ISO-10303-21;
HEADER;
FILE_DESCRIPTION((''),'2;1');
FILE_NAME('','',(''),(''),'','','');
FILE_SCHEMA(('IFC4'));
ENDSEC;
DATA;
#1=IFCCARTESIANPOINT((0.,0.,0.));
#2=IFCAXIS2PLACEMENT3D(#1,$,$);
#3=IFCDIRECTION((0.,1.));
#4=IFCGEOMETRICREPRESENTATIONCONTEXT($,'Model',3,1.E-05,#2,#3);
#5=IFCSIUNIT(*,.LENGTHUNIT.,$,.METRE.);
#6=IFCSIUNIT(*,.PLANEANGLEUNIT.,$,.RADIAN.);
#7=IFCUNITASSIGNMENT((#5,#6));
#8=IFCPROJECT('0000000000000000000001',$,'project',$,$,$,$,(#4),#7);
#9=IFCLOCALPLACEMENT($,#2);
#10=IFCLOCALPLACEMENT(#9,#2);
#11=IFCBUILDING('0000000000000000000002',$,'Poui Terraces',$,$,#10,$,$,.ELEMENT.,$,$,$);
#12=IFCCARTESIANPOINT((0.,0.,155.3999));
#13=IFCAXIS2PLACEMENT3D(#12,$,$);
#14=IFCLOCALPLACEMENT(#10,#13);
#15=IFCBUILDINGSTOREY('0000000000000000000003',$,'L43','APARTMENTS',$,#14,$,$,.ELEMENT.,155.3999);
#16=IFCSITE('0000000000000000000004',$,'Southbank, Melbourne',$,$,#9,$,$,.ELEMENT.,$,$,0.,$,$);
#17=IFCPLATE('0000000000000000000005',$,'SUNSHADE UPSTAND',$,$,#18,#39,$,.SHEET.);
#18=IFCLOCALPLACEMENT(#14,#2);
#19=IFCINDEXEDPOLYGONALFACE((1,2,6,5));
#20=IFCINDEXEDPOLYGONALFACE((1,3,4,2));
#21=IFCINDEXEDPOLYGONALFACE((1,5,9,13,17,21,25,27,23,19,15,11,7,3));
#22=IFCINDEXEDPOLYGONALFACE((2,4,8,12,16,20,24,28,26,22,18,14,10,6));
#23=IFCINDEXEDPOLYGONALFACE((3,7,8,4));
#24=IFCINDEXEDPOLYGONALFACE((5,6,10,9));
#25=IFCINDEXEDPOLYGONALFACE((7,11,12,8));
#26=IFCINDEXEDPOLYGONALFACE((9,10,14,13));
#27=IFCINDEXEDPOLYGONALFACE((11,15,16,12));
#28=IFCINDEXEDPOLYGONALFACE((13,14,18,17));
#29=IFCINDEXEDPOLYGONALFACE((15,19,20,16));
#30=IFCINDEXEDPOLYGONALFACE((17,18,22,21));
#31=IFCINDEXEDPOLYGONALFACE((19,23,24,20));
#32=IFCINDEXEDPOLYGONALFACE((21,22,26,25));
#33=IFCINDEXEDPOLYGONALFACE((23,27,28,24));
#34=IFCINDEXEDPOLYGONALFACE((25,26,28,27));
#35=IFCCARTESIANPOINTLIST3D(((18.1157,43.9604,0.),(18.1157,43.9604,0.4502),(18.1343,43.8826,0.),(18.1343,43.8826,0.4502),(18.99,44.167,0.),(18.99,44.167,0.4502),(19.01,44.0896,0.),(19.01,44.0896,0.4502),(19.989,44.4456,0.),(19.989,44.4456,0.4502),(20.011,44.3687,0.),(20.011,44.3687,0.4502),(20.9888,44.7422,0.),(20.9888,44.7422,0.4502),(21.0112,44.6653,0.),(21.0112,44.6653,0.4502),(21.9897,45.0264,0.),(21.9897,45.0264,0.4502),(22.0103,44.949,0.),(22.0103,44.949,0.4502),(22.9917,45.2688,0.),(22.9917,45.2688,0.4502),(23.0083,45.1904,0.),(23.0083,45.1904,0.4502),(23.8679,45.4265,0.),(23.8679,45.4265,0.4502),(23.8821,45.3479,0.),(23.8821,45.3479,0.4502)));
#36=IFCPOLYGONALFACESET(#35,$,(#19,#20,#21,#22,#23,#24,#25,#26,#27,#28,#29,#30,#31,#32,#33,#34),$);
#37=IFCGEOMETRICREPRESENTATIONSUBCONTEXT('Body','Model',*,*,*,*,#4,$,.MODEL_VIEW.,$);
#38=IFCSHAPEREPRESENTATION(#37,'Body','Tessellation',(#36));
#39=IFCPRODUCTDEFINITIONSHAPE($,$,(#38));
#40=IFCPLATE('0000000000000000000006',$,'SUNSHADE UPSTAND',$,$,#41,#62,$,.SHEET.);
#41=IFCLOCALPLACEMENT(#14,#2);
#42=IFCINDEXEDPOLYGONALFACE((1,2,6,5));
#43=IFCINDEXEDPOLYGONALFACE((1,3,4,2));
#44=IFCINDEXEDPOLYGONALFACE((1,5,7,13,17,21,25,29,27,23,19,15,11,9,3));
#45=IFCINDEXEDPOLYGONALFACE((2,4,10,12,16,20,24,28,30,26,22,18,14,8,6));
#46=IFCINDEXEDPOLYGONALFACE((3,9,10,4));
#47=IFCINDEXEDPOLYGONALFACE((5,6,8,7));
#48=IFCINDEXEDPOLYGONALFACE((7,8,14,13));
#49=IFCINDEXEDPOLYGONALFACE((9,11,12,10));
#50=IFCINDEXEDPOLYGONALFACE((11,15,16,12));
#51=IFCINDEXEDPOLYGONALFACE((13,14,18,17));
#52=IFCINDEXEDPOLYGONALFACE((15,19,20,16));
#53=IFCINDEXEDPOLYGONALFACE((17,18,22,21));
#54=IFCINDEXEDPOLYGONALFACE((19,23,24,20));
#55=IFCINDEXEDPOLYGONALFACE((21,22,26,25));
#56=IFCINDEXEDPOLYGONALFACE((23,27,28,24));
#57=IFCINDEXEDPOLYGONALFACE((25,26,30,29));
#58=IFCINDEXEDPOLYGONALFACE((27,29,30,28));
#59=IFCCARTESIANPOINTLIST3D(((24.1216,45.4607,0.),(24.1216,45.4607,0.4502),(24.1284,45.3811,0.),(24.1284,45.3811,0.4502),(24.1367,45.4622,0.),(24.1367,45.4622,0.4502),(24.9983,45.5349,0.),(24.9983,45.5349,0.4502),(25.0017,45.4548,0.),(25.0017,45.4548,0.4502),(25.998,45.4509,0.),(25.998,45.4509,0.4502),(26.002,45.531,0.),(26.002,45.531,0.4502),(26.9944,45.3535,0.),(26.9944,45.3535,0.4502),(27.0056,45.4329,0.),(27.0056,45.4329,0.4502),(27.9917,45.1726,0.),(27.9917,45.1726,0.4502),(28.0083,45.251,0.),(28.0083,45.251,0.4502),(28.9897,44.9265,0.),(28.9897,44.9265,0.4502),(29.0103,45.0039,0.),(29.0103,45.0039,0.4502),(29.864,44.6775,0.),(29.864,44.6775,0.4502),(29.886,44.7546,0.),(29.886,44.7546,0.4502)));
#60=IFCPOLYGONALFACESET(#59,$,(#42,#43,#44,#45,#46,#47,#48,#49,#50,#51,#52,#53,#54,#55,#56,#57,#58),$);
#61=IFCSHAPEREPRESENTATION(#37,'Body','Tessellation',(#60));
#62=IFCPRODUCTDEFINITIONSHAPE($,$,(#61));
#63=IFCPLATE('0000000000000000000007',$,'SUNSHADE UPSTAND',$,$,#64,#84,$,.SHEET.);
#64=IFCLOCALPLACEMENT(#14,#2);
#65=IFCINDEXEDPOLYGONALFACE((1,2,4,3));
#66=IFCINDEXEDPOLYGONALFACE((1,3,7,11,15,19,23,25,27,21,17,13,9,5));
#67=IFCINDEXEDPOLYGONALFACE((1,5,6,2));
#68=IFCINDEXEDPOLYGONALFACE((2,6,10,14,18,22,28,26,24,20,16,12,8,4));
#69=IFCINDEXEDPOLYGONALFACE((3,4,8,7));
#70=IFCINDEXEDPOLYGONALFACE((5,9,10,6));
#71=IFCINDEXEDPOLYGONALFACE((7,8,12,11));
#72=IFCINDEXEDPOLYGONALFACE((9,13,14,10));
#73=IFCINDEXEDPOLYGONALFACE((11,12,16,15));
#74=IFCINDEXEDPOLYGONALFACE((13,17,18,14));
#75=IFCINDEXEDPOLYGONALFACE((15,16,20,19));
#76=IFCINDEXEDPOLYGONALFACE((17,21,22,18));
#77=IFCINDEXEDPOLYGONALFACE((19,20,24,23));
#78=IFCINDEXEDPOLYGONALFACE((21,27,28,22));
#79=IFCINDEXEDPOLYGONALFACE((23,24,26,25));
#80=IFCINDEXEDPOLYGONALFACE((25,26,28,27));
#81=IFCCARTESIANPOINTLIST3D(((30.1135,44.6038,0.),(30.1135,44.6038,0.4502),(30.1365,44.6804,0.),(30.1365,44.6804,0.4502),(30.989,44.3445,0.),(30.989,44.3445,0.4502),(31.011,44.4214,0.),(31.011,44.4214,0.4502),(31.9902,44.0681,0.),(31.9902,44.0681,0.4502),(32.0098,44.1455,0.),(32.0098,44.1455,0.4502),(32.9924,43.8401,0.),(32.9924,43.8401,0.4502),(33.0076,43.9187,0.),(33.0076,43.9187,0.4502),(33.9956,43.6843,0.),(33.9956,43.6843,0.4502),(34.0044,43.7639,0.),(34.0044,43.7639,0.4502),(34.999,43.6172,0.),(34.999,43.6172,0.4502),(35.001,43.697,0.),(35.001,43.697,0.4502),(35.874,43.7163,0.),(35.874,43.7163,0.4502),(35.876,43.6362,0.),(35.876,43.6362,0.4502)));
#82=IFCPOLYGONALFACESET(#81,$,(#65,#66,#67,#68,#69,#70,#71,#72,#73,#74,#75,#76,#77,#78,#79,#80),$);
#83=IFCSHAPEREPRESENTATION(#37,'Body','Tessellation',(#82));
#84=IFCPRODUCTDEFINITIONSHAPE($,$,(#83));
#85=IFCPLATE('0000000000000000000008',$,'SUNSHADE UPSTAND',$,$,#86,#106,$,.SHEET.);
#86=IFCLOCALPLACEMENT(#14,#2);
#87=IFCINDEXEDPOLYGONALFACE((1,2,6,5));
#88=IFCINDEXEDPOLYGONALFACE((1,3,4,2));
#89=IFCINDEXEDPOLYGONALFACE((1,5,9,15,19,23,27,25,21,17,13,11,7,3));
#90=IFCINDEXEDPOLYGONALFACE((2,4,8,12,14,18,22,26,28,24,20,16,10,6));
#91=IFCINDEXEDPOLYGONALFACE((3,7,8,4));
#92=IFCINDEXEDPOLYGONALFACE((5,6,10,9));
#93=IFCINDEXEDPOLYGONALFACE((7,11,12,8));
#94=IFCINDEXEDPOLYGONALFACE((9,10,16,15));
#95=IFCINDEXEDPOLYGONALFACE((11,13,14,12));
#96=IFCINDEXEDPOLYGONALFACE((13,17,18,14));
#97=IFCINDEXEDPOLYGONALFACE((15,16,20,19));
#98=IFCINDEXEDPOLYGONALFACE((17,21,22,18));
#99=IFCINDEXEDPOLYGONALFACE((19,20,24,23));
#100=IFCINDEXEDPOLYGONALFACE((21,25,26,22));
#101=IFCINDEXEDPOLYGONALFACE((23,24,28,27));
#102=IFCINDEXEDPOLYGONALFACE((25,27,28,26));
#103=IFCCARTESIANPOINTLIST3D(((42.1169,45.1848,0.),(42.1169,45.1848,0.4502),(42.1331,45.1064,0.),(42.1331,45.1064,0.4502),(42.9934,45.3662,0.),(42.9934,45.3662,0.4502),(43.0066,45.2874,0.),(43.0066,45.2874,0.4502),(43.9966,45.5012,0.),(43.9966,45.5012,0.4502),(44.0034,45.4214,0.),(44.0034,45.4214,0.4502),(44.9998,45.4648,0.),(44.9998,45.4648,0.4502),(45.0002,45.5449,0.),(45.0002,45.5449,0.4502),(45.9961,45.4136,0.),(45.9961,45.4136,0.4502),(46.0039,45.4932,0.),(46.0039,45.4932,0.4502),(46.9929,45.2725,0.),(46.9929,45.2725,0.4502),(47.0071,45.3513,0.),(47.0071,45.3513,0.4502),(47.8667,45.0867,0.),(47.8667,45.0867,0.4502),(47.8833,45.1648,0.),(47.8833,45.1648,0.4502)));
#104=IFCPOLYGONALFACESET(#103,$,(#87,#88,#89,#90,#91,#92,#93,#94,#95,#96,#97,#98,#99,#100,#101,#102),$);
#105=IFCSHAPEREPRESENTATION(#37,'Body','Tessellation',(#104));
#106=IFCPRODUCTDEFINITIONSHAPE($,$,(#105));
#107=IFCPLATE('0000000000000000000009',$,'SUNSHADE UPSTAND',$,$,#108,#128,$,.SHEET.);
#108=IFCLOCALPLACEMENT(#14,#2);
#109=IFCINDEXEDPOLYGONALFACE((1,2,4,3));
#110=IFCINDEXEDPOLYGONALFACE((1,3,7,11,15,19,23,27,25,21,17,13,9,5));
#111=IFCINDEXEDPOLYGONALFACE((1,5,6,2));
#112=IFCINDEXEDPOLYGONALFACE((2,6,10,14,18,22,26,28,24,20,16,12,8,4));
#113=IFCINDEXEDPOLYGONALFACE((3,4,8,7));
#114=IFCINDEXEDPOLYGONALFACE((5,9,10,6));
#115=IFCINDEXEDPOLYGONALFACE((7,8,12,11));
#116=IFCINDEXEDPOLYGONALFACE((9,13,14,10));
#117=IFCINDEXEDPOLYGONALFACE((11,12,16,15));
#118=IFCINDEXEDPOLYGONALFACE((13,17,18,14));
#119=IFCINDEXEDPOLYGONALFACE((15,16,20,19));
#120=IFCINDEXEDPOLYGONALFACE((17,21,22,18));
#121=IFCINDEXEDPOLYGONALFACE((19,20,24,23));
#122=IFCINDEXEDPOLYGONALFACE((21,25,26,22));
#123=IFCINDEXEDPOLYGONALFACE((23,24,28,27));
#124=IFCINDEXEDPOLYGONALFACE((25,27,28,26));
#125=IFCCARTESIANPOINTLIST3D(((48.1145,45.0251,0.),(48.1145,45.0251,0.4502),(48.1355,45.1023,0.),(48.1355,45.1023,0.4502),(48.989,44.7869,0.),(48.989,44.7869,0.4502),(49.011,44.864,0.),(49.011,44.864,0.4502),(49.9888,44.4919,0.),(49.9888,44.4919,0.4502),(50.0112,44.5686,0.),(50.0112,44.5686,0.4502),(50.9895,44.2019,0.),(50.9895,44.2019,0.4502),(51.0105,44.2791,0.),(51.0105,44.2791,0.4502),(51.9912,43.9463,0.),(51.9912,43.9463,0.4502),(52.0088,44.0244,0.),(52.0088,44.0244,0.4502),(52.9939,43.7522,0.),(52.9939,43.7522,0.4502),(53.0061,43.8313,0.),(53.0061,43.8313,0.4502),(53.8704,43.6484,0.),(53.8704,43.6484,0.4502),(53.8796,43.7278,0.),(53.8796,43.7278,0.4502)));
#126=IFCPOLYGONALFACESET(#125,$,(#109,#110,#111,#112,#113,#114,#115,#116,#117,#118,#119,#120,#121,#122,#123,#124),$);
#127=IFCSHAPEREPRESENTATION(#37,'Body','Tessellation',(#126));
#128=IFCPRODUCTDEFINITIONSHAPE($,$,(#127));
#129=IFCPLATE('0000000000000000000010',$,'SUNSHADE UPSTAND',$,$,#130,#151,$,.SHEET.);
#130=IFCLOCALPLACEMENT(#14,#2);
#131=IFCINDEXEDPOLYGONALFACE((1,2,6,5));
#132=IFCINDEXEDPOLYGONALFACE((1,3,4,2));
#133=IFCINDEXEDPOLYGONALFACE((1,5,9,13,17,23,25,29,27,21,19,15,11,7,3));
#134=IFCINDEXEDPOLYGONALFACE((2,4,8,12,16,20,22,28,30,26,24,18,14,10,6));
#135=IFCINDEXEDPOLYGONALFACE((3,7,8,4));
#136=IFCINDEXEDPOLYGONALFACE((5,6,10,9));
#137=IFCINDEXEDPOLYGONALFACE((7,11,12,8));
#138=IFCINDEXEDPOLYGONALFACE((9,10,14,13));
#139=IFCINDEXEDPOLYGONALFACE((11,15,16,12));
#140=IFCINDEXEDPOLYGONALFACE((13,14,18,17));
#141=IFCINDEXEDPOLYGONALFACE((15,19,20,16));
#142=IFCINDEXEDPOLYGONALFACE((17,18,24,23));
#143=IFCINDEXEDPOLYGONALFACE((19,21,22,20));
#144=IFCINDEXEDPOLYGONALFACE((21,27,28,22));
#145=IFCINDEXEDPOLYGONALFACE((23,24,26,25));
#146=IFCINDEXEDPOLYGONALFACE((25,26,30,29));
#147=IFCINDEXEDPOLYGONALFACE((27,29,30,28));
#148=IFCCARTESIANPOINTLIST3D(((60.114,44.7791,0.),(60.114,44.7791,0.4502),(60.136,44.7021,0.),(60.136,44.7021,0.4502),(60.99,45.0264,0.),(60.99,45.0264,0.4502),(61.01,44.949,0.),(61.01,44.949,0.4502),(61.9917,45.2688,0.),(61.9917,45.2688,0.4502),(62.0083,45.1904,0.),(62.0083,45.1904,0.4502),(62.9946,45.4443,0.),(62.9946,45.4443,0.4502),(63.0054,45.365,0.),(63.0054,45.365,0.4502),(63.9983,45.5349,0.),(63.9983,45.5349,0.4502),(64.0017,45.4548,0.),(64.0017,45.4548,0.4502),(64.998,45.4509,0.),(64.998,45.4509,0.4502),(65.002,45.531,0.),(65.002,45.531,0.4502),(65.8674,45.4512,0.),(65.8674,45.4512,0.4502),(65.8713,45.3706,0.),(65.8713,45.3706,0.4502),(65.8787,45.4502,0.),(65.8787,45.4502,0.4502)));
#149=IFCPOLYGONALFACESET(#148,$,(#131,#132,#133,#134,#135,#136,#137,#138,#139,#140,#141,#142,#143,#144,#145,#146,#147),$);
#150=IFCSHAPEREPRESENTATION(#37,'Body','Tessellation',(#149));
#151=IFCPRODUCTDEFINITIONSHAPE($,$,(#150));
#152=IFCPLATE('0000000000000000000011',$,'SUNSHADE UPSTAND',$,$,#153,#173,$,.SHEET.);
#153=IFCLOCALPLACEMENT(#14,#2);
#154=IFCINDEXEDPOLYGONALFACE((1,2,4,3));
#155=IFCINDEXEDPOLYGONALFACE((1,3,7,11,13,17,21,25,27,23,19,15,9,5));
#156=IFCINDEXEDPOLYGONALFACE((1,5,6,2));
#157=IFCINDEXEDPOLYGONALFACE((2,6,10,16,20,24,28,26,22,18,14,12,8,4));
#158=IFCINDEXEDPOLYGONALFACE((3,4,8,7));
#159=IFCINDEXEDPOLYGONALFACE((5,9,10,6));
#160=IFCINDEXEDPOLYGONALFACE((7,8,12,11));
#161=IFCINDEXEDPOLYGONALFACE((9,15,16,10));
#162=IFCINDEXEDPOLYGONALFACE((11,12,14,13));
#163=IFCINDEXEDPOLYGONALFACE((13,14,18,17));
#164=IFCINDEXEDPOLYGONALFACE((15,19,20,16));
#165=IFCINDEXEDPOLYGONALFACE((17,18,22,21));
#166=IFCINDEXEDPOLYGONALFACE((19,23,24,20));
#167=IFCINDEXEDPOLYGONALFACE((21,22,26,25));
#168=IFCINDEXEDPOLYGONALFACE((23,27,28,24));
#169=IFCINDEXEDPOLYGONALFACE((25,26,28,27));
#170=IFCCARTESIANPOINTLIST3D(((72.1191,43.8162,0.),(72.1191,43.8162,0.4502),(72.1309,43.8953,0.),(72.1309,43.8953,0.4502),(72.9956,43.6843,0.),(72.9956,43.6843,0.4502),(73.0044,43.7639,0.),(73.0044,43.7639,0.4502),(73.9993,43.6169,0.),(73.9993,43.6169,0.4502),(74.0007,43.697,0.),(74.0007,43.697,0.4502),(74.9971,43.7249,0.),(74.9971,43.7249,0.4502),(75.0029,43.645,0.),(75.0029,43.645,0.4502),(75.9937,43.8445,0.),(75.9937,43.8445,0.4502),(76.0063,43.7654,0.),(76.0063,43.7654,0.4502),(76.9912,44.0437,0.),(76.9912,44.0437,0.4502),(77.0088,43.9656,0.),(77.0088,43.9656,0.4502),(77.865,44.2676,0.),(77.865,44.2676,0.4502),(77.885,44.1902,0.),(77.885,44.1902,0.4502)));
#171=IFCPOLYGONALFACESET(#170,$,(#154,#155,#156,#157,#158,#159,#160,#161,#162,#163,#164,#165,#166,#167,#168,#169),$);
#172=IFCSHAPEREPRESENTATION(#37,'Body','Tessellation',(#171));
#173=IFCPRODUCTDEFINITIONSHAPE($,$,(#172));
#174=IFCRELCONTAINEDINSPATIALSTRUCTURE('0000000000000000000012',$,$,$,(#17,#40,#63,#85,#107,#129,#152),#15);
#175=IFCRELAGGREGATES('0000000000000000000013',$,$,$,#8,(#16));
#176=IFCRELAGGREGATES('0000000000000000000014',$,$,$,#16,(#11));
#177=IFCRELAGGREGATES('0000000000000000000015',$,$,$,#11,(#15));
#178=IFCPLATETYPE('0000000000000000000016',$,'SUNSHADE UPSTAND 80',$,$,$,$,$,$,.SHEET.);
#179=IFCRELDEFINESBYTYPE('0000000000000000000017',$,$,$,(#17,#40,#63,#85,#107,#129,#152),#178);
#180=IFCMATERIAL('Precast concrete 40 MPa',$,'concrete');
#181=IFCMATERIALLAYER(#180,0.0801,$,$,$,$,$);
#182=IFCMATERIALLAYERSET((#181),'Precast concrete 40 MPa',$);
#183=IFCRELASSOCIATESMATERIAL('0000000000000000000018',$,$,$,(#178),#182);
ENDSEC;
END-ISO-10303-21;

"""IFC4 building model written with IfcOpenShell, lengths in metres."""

from ifc_helpers import new_model, si_unit, direction, frame, origin, place, context, subcontext, project, spatial, polyline, outline, extrude, material, layer, layer_set, type_object, element, save


model = new_model("IFC4")

# Units and contexts
model_context = context("Model", 3, precision=1e-05, world=origin(), true_north=direction((0.0, 1.0)))
body_context = subcontext(model_context, "Body", "Model", "MODEL_VIEW")
ifc_project = project(units=[si_unit("LENGTHUNIT", "METRE"), si_unit("PLANEANGLEUNIT", "RADIAN")], contexts=[model_context])

# Site, building, storey
site_placement = place(None, origin())
site = spatial("IfcSite", under=ifc_project, at=site_placement, Name="Southbank, Melbourne", CompositionType="ELEMENT", RefElevation=0.0)
building_placement = place(site_placement, origin())
building = spatial("IfcBuilding", under=site, at=building_placement, Name="Poui Terraces", CompositionType="ELEMENT")
storey_placement = place(building_placement, frame((0.0, 0.0, 155.3999)))
storey = spatial("IfcBuildingStorey", under=building, at=storey_placement, Name="L43", Description="APARTMENTS", CompositionType="ELEMENT", Elevation=155.3999)

# Shared definitions
ifc_material_1 = material(Name="Precast concrete 40 MPa", Category="concrete")

# Plates
ifc_layer_1 = layer(ifc_material_1, 0.0801)
ifc_layer_set_1 = layer_set([ifc_layer_1], Name="Precast concrete 40 MPa")
plate_type = type_object("IfcPlateType", Name="SUNSHADE UPSTAND 80", PredefinedType="SHEET", material=ifc_layer_set_1)
plate_1_placement = place(storey_placement, origin())
element("IfcPlate", 1, at=plate_1_placement, inside=storey, type_object=plate_type, Name="SUNSHADE UPSTAND", PredefinedType="SHEET", context=body_context, shape_type="SweptSolid", body=[
    extrude(outline(polyline([(18.99, 44.167), (18.1157, 43.9604), (18.1343, 43.8826), (19.01, 44.0896), (20.011, 44.3687), (21.0112, 44.6653), (22.0103, 44.949), (23.0083, 45.1904), (23.8821, 45.3479), (23.8679, 45.4265), (22.9917, 45.2688), (21.9897, 45.0264), (20.9888, 44.7422), (19.989, 44.4456), (18.99, 44.167)])), origin(), (0.0, 0.0, 1.0), 0.4502),
])
plate_2_placement = place(storey_placement, origin())
element("IfcPlate", 2, at=plate_2_placement, inside=storey, type_object=plate_type, Name="SUNSHADE UPSTAND", PredefinedType="SHEET", context=body_context, shape_type="SweptSolid", body=[
    extrude(outline(polyline([(24.9983, 45.5349), (24.1367, 45.4622), (24.1216, 45.4607), (24.1284, 45.3811), (25.0017, 45.4548), (25.998, 45.4509), (26.9944, 45.3535), (27.9917, 45.1726), (28.9897, 44.9265), (29.864, 44.6775), (29.886, 44.7546), (29.0103, 45.0039), (28.0083, 45.251), (27.0056, 45.4329), (26.002, 45.531), (24.9983, 45.5349)])), origin(), (0.0, 0.0, 1.0), 0.4502),
])
plate_3_placement = place(storey_placement, origin())
element("IfcPlate", 3, at=plate_3_placement, inside=storey, type_object=plate_type, Name="SUNSHADE UPSTAND", PredefinedType="SHEET", context=body_context, shape_type="SweptSolid", body=[
    extrude(outline(polyline([(31.011, 44.4214), (30.1365, 44.6804), (30.1135, 44.6038), (30.989, 44.3445), (31.9902, 44.0681), (32.9924, 43.8401), (33.9956, 43.6843), (34.999, 43.6172), (35.876, 43.6362), (35.874, 43.7163), (35.001, 43.697), (34.0044, 43.7639), (33.0076, 43.9187), (32.0098, 44.1455), (31.011, 44.4214)])), origin(), (0.0, 0.0, 1.0), 0.4502),
])
plate_4_placement = place(storey_placement, origin())
element("IfcPlate", 4, at=plate_4_placement, inside=storey, type_object=plate_type, Name="SUNSHADE UPSTAND", PredefinedType="SHEET", context=body_context, shape_type="SweptSolid", body=[
    extrude(outline(polyline([(42.9934, 45.3662), (42.1169, 45.1848), (42.1331, 45.1064), (43.0066, 45.2874), (44.0034, 45.4214), (44.9998, 45.4648), (45.9961, 45.4136), (46.9929, 45.2725), (47.8667, 45.0867), (47.8833, 45.1648), (47.0071, 45.3513), (46.0039, 45.4932), (45.0002, 45.5449), (43.9966, 45.5012), (42.9934, 45.3662)])), origin(), (0.0, 0.0, 1.0), 0.4502),
])
plate_5_placement = place(storey_placement, origin())
element("IfcPlate", 5, at=plate_5_placement, inside=storey, type_object=plate_type, Name="SUNSHADE UPSTAND", PredefinedType="SHEET", context=body_context, shape_type="SweptSolid", body=[
    extrude(outline(polyline([(49.011, 44.864), (48.1355, 45.1023), (48.1145, 45.0251), (48.989, 44.7869), (49.9888, 44.4919), (50.9895, 44.2019), (51.9912, 43.9463), (52.9939, 43.7522), (53.8704, 43.6484), (53.8796, 43.7278), (53.0061, 43.8313), (52.0088, 44.0244), (51.0105, 44.2791), (50.0112, 44.5686), (49.011, 44.864)])), origin(), (0.0, 0.0, 1.0), 0.4502),
])
plate_6_placement = place(storey_placement, origin())
element("IfcPlate", 6, at=plate_6_placement, inside=storey, type_object=plate_type, Name="SUNSHADE UPSTAND", PredefinedType="SHEET", context=body_context, shape_type="SweptSolid", body=[
    extrude(outline(polyline([(60.99, 45.0264), (60.114, 44.7791), (60.136, 44.7021), (61.01, 44.949), (62.0083, 45.1904), (63.0054, 45.365), (64.0017, 45.4548), (64.998, 45.4509), (65.8713, 45.3706), (65.8787, 45.4502), (65.8674, 45.4512), (65.002, 45.531), (63.9983, 45.5349), (62.9946, 45.4443), (61.9917, 45.2688), (60.99, 45.0264)])), origin(), (0.0, 0.0, 1.0), 0.4502),
])
plate_7_placement = place(storey_placement, origin())
element("IfcPlate", 7, at=plate_7_placement, inside=storey, type_object=plate_type, Name="SUNSHADE UPSTAND", PredefinedType="SHEET", context=body_context, shape_type="SweptSolid", body=[
    extrude(outline(polyline([(73.0044, 43.7639), (72.1309, 43.8953), (72.1191, 43.8162), (72.9956, 43.6843), (73.9993, 43.6169), (75.0029, 43.645), (76.0063, 43.7654), (77.0088, 43.9656), (77.885, 44.1902), (77.865, 44.2676), (76.9912, 44.0437), (75.9937, 43.8445), (74.9971, 43.7249), (74.0007, 43.697), (73.0044, 43.7639)])), origin(), (0.0, 0.0, 1.0), 0.4502),
])

save(model, "model.ifc")
